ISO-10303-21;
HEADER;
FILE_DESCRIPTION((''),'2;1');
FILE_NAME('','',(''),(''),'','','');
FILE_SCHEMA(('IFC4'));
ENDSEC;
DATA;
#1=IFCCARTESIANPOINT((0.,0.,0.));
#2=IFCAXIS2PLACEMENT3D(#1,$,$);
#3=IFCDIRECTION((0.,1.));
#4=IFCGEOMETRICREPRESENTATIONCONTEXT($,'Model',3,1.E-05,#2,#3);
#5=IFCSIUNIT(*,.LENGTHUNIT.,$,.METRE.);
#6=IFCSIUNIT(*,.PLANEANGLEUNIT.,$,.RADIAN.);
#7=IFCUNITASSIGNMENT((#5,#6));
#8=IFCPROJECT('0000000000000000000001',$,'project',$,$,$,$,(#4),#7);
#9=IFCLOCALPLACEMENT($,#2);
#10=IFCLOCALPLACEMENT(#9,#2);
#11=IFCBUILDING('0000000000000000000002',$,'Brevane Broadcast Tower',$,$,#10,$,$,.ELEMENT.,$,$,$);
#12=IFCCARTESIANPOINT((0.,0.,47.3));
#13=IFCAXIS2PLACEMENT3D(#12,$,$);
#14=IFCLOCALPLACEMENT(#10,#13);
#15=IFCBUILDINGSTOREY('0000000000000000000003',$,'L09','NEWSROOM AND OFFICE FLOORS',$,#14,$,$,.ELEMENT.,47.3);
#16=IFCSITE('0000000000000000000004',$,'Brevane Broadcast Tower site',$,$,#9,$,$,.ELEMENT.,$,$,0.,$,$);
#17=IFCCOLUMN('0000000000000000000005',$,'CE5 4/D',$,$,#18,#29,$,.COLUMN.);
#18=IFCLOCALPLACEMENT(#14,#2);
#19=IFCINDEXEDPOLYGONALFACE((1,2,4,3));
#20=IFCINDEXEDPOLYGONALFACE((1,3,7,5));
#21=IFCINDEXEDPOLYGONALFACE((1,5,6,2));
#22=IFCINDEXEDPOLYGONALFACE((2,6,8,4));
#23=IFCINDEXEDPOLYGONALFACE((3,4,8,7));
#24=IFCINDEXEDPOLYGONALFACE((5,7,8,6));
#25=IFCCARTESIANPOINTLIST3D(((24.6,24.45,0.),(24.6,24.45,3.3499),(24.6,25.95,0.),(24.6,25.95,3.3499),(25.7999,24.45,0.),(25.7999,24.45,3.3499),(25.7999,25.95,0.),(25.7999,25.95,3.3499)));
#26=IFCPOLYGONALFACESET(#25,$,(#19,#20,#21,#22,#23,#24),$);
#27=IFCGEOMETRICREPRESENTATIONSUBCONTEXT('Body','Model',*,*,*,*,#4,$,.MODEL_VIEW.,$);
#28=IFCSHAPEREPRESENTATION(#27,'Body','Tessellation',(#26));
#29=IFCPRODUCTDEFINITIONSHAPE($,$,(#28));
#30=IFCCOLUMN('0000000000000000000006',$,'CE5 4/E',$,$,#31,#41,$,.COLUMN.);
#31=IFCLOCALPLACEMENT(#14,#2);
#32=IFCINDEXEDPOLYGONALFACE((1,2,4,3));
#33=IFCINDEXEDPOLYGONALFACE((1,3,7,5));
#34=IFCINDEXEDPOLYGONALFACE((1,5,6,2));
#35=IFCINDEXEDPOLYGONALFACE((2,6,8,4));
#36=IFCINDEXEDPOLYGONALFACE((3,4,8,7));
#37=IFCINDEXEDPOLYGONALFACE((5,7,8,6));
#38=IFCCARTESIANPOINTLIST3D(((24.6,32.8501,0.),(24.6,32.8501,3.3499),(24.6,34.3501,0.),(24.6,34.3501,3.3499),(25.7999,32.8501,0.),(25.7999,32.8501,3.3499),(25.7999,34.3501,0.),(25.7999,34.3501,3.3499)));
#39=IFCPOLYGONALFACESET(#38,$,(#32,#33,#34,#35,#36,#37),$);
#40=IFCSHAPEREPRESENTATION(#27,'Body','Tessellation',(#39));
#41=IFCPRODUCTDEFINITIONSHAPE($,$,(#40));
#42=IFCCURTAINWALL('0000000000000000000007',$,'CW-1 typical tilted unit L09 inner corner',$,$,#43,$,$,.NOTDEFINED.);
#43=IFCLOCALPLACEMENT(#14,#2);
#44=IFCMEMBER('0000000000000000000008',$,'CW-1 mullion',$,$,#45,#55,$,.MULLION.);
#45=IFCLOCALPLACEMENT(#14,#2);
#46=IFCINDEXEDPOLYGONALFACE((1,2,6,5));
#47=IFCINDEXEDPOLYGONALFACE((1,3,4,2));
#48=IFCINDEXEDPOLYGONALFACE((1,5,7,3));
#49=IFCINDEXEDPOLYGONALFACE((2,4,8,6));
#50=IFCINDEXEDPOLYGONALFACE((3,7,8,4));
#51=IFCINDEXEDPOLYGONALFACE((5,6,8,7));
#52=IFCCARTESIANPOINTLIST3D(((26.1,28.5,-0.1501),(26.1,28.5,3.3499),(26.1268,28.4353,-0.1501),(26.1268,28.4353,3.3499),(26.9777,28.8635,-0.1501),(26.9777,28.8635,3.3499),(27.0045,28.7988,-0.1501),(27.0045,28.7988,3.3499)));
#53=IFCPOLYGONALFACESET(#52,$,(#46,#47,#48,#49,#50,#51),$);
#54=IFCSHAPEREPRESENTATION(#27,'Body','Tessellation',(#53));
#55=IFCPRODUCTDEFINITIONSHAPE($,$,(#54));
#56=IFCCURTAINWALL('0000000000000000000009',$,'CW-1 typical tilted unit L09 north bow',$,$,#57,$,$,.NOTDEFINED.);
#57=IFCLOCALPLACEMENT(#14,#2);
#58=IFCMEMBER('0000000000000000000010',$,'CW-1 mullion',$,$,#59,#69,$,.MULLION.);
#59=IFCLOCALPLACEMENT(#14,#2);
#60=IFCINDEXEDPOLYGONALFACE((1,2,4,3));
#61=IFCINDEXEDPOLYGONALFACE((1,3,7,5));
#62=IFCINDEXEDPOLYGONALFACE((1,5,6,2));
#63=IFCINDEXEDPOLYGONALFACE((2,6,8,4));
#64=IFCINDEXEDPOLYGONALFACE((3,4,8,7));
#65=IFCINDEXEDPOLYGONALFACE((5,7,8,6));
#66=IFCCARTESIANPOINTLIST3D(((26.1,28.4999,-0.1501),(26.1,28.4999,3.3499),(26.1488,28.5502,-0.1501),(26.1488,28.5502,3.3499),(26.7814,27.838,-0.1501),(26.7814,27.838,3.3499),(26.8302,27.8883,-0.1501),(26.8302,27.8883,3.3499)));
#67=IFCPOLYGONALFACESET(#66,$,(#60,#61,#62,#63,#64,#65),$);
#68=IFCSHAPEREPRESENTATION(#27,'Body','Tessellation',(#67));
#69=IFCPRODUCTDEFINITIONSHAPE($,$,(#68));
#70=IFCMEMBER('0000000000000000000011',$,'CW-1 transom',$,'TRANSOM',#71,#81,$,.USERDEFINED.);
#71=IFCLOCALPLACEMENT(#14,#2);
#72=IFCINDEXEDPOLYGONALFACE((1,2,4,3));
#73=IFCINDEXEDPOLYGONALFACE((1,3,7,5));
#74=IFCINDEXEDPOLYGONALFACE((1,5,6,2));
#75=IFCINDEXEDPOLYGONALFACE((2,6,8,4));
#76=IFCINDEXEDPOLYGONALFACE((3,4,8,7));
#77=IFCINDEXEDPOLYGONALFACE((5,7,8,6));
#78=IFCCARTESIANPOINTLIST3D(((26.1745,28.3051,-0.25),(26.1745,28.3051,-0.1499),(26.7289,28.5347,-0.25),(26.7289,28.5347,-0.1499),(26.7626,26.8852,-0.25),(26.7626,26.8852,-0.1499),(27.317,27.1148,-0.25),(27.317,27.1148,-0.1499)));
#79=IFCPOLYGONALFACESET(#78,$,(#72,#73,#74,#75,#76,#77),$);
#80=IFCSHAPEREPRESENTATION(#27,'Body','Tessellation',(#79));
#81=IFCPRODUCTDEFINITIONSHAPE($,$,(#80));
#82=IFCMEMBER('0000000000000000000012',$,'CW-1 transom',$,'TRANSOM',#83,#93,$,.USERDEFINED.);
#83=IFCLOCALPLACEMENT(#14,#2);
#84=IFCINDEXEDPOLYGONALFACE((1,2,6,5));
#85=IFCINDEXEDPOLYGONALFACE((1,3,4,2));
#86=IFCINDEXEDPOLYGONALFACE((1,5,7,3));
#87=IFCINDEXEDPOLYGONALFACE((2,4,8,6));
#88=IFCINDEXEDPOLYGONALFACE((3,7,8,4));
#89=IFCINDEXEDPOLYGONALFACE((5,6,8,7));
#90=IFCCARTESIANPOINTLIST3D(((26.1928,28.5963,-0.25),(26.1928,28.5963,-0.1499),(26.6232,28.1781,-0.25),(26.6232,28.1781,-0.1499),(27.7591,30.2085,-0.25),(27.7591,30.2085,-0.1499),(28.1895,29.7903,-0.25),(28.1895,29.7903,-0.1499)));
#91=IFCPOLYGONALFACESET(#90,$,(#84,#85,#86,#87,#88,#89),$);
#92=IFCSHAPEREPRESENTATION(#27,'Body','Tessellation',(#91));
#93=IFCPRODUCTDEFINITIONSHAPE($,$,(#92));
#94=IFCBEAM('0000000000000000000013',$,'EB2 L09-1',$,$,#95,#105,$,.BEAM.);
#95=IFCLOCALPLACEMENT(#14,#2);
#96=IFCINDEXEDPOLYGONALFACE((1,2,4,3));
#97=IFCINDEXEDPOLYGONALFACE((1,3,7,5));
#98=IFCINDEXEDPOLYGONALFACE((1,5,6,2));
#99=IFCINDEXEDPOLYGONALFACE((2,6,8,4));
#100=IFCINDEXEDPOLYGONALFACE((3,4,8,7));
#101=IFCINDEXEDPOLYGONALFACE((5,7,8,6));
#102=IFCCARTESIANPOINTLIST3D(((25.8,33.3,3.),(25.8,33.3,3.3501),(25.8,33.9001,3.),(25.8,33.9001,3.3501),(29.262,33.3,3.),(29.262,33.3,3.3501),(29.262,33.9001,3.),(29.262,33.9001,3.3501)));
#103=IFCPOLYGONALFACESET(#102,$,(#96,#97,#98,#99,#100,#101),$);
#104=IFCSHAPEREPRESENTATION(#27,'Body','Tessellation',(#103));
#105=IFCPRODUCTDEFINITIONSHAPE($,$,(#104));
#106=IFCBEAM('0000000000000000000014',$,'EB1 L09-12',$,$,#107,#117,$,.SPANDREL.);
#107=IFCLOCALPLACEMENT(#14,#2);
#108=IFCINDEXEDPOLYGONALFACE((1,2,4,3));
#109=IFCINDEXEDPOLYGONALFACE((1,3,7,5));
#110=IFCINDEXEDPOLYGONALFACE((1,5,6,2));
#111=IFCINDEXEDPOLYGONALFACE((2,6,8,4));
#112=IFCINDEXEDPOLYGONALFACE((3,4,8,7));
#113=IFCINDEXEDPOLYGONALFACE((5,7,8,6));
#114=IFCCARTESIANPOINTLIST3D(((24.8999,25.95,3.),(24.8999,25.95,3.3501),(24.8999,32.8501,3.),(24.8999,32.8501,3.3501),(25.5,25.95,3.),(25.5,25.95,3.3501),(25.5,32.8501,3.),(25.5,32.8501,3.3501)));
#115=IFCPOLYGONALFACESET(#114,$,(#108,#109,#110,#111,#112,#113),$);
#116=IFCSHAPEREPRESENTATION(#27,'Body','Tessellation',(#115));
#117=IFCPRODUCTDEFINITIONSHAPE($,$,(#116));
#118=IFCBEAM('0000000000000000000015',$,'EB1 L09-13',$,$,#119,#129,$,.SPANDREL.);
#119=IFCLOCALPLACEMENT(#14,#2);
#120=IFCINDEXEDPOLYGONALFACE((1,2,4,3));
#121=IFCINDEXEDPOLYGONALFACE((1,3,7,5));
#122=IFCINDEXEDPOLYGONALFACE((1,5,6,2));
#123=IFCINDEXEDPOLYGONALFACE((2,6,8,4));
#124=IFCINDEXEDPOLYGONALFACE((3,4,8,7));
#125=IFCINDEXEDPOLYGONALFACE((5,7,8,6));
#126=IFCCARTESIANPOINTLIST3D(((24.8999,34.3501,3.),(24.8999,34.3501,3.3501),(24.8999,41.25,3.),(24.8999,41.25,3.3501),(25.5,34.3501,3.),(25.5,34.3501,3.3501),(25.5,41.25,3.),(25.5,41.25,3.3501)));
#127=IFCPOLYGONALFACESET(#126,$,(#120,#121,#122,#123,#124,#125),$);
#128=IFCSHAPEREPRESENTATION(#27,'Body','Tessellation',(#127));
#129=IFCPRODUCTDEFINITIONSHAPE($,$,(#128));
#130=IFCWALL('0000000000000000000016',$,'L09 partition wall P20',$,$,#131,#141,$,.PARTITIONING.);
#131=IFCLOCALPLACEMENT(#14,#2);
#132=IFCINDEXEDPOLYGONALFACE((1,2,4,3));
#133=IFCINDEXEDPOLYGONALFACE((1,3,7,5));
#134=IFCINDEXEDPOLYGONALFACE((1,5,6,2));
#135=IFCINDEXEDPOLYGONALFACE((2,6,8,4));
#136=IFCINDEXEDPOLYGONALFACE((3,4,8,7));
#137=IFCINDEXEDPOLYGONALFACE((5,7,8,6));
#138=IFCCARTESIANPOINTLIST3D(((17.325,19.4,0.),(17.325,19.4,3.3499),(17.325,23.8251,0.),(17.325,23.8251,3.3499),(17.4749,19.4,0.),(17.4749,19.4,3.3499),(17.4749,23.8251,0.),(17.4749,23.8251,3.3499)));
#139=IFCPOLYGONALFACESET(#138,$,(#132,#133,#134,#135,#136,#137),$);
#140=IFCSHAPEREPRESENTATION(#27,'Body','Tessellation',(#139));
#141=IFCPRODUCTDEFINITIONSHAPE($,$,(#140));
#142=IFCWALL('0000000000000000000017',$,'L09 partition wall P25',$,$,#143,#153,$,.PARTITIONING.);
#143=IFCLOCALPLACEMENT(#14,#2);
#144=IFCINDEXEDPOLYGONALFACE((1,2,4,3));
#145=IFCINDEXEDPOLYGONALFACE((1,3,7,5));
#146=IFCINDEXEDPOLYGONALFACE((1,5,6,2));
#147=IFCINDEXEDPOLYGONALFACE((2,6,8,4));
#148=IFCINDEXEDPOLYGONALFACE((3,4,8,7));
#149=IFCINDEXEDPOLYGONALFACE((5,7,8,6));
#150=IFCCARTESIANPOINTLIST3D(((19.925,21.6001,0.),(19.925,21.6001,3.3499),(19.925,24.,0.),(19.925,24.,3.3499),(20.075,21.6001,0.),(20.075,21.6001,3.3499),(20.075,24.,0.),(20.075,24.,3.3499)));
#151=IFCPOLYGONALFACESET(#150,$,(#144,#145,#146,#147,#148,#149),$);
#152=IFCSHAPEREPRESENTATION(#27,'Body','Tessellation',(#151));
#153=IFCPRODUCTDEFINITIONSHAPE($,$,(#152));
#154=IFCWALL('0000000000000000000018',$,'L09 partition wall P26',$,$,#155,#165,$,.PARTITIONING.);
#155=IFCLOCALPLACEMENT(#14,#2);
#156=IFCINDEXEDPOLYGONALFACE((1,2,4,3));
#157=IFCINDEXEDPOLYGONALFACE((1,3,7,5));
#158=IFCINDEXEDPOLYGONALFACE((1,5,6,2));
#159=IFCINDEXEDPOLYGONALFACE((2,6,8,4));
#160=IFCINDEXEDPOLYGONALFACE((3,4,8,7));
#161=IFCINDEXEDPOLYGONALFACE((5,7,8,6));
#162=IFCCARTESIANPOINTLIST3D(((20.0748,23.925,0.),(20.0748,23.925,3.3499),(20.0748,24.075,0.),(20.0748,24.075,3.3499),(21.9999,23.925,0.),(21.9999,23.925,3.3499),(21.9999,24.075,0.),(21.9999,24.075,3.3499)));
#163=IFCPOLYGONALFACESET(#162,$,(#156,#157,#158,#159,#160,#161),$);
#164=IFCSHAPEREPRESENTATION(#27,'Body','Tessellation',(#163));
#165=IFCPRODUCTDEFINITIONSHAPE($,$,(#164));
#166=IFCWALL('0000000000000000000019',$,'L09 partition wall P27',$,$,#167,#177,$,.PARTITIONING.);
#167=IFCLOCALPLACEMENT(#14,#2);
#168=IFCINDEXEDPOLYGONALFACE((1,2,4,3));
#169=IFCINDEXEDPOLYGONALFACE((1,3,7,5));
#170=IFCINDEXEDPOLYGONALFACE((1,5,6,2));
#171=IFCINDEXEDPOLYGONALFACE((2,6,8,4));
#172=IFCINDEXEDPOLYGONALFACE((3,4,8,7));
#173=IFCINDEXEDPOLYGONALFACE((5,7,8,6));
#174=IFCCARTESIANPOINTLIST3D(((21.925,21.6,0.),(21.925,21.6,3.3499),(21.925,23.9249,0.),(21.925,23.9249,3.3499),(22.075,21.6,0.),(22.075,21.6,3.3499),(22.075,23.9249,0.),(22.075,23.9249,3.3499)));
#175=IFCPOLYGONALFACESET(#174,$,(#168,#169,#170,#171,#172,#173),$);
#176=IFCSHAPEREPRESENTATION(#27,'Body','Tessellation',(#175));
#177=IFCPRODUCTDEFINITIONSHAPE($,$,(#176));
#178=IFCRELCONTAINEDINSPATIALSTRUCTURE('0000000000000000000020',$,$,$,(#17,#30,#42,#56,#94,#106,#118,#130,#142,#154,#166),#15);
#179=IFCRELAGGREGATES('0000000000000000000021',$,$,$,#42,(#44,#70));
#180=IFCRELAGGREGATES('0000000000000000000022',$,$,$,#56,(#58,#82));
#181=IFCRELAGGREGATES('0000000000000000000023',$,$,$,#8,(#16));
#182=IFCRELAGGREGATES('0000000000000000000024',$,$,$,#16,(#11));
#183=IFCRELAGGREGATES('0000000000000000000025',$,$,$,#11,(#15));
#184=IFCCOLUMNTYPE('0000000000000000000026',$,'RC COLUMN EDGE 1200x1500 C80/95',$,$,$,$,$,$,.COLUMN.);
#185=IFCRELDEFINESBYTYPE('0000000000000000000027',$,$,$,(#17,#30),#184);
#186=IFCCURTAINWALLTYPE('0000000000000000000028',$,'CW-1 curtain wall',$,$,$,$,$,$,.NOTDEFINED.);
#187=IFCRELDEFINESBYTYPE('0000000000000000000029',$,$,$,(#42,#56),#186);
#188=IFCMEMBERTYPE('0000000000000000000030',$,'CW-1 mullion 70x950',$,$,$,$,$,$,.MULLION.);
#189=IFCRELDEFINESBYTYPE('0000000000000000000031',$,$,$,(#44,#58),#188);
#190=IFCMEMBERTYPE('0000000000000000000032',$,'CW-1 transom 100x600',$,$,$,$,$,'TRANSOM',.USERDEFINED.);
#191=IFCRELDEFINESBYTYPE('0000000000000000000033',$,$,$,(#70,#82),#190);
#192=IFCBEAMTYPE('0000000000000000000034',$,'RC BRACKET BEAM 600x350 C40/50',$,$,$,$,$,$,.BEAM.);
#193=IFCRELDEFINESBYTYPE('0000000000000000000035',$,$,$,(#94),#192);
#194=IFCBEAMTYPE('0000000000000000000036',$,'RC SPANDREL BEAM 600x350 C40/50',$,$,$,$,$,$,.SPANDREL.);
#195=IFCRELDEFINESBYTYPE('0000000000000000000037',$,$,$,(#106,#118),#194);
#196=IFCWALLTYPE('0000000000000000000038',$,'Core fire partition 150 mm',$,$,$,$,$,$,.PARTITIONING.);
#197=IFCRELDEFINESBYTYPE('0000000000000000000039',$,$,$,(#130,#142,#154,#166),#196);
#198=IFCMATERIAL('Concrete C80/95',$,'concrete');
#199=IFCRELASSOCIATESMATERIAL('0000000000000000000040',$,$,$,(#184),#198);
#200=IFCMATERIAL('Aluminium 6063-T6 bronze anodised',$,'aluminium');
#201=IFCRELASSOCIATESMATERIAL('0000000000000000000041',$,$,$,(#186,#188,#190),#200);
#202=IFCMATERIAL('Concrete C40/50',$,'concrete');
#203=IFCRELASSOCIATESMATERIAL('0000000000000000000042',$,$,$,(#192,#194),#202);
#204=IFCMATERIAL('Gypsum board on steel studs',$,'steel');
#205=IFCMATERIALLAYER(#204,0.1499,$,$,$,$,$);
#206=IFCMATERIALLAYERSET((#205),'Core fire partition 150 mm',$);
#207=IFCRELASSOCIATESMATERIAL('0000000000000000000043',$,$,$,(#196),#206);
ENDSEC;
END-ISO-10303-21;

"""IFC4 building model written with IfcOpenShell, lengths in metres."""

from ifc_helpers import new_model, si_unit, direction, frame, frame_2d, origin, origin_2d, place, context, subcontext, project, spatial, rectangle, extrude, material, layer, layer_set, material_profile, profile_set, type_object, element, aggregate, save


model = new_model("IFC4")

# Units and contexts
model_context = context("Model", 3, precision=1e-05, world=origin(), true_north=direction((0.0, 1.0)))
body_context = subcontext(model_context, "Body", "Model", "MODEL_VIEW")
ifc_project = project(units=[si_unit("LENGTHUNIT", "METRE"), si_unit("PLANEANGLEUNIT", "RADIAN")], contexts=[model_context])

# Site, building, storey
site_placement = place(None, origin())
site = spatial("IfcSite", under=ifc_project, at=site_placement, Name="Brevane Broadcast Tower site", CompositionType="ELEMENT", RefElevation=0.0)
building_placement = place(site_placement, origin())
building = spatial("IfcBuilding", under=site, at=building_placement, Name="Brevane Broadcast Tower", CompositionType="ELEMENT")
storey_placement = place(building_placement, frame((0.0, 0.0, 47.3)))
storey = spatial("IfcBuildingStorey", under=building, at=storey_placement, Name="L09", Description="NEWSROOM AND OFFICE FLOORS", CompositionType="ELEMENT", Elevation=47.3)

# Columns
ifc_material_1 = material(Name="Concrete C80/95", Category="concrete")
ifc_material_profile_1 = material_profile(ifc_material_1, rectangle(XDim=1.2, YDim=1.5, at=origin_2d()), Name="RC 1200x1500")
ifc_profile_set_1 = profile_set([ifc_material_profile_1], Name="Concrete C80/95")
column_type = type_object("IfcColumnType", Name="RC COLUMN EDGE 1200x1500 C80/95", PredefinedType="COLUMN", material=ifc_profile_set_1)
for number, where, z_axis, x_axis, name in (
    (1, (25.2, 25.2, 0.0), (0.0, 0.0, 1.0), (1.0, 0.0, 0.0), "CE5 4/D"),
    (2, (25.2, 33.6001, 0.0), (0.0, 0.0, 1.0), (1.0, 0.0, 0.0), "CE5 4/E"),
):
    element("IfcColumn", number, at=place(storey_placement, frame(where, z_axis=z_axis, x_axis=x_axis)), inside=storey, type_object=column_type, Name=name, PredefinedType="COLUMN", context=body_context, shape_type="SweptSolid", body=[
        extrude(rectangle(XDim=1.2, YDim=1.5, at=origin_2d()), origin(), (0.0, 0.0, 1.0), 3.3499),
    ])

# Curtain walls, members
ifc_material_2 = material(Name="Aluminium 6063-T6 bronze anodised", Category="aluminium")
curtain_wall_type = type_object("IfcCurtainWallType", Name="CW-1 curtain wall", PredefinedType="NOTDEFINED", material=ifc_material_2)
curtain_wall_1_placement = place(storey_placement, origin())
curtain_wall_1 = element("IfcCurtainWall", 3, at=curtain_wall_1_placement, inside=storey, type_object=curtain_wall_type, Name="CW-1 typical tilted unit L09 inner corner", PredefinedType="NOTDEFINED")
ifc_material_profile_2 = material_profile(ifc_material_2, rectangle(XDim=0.95, YDim=0.0701, at=origin_2d()), Name="RECT 70x950")
ifc_profile_set_2 = profile_set([ifc_material_profile_2], Name="Aluminium 6063-T6 bronze anodised")
member_type_1 = type_object("IfcMemberType", Name="CW-1 mullion 70x950", PredefinedType="MULLION", material=ifc_profile_set_2)
member_1_placement = place(storey_placement, frame((26.5522, 28.6494, -0.1501), z_axis=(0.0, 0.0, 1.0), x_axis=(-0.923879, -0.382684, 0.0)))
member_1 = element("IfcMember", 4, at=member_1_placement, type_object=member_type_1, Name="CW-1 mullion", PredefinedType="MULLION", context=body_context, shape_type="SweptSolid", body=[
    extrude(rectangle(XDim=0.95, YDim=0.0701, at=origin_2d()), origin(), (0.0, 0.0, 1.0), 3.5),
])
curtain_wall_2_placement = place(storey_placement, origin())
curtain_wall_2 = element("IfcCurtainWall", 5, at=curtain_wall_2_placement, inside=storey, type_object=curtain_wall_type, Name="CW-1 typical tilted unit L09 north bow", PredefinedType="NOTDEFINED")
member_2_placement = place(storey_placement, frame((26.4651, 28.1941, -0.1501), z_axis=(0.0, 0.0, 1.0), x_axis=(-0.717254, 0.696812, 0.0)))
member_2 = element("IfcMember", 6, at=member_2_placement, type_object=member_type_1, Name="CW-1 mullion", PredefinedType="MULLION", context=body_context, shape_type="SweptSolid", body=[
    extrude(rectangle(XDim=0.95, YDim=0.0701, at=origin_2d()), origin(), (0.0, 0.0, 1.0), 3.5),
])

# Members
ifc_material_profile_3 = material_profile(ifc_material_2, rectangle(XDim=0.6001, YDim=0.1001, at=origin_2d()), Name="RECT 100x600")
ifc_profile_set_3 = profile_set([ifc_material_profile_3], Name="Aluminium 6063-T6 bronze anodised")
member_type_2 = type_object("IfcMemberType", Name="CW-1 transom 100x600", ElementType="TRANSOM", PredefinedType="USERDEFINED", material=ifc_profile_set_3)
member_3_placement = place(storey_placement, frame((27.0398, 27.0, -0.2), z_axis=(-0.382674, 0.923883, 0.0), x_axis=(-0.923883, -0.382674, 0.0)))
member_3 = element("IfcMember", 7, at=member_3_placement, type_object=member_type_2, Name="CW-1 transom", ObjectType="TRANSOM", PredefinedType="USERDEFINED", context=body_context, shape_type="SweptSolid", body=[
    extrude(rectangle(XDim=0.6001, YDim=0.1001, at=origin_2d()), origin(), (0.0, 0.0, 1.0), 1.5369),
])
aggregate(curtain_wall_1, [member_1, member_3])
member_4_placement = place(storey_placement, frame((26.408, 28.3872, -0.2), z_axis=(0.696824, 0.717242, 0.0), x_axis=(-0.717242, 0.696824, 0.0)))
member_4 = element("IfcMember", 8, at=member_4_placement, type_object=member_type_2, Name="CW-1 transom", ObjectType="TRANSOM", PredefinedType="USERDEFINED", context=body_context, shape_type="SweptSolid", body=[
    extrude(rectangle(XDim=0.6001, YDim=0.1001, at=origin_2d()), origin(), (0.0, 0.0, 1.0), 2.2478),
])
aggregate(curtain_wall_2, [member_2, member_4])

# Beams
ifc_material_3 = material(Name="Concrete C40/50", Category="concrete")
ifc_material_profile_4 = material_profile(ifc_material_3, rectangle(XDim=0.6001, YDim=0.3501, at=origin_2d()), Name="RC 600x350")
ifc_profile_set_4 = profile_set([ifc_material_profile_4], Name="Concrete C40/50")
beam_type_1 = type_object("IfcBeamType", Name="RC BRACKET BEAM 600x350 C40/50", PredefinedType="BEAM", material=ifc_profile_set_4)
beam_1_placement = place(storey_placement, frame((25.8, 33.6001, 3.175), z_axis=(1.0, 0.0, 0.0), x_axis=(0.0, 1.0, 0.0)))
element("IfcBeam", 9, at=beam_1_placement, inside=storey, type_object=beam_type_1, Name="EB2 L09-1", PredefinedType="BEAM", context=body_context, shape_type="SweptSolid", body=[
    extrude(rectangle(XDim=0.6001, YDim=0.3501, at=origin_2d()), origin(), (0.0, 0.0, 1.0), 3.4619),
])
ifc_material_profile_5 = material_profile(ifc_material_3, rectangle(XDim=0.6001, YDim=0.3501, at=origin_2d()), Name="RC 600x350")
ifc_profile_set_5 = profile_set([ifc_material_profile_5], Name="Concrete C40/50")
beam_type_2 = type_object("IfcBeamType", Name="RC SPANDREL BEAM 600x350 C40/50", PredefinedType="SPANDREL", material=ifc_profile_set_5)
beam_2_placement = place(storey_placement, frame((25.2, 25.95, 3.175), z_axis=(0.0, 1.0, 0.0), x_axis=(-1.0, 0.0, 0.0)))
element("IfcBeam", 10, at=beam_2_placement, inside=storey, type_object=beam_type_2, Name="EB1 L09-12", PredefinedType="SPANDREL", context=body_context, shape_type="SweptSolid", body=[
    extrude(rectangle(XDim=0.6001, YDim=0.3501, at=origin_2d()), origin(), (0.0, 0.0, 1.0), 6.9001),
])
beam_3_placement = place(storey_placement, frame((25.2, 34.3501, 3.175), z_axis=(0.0, 1.0, 0.0), x_axis=(-1.0, 0.0, 0.0)))
element("IfcBeam", 11, at=beam_3_placement, inside=storey, type_object=beam_type_2, Name="EB1 L09-13", PredefinedType="SPANDREL", context=body_context, shape_type="SweptSolid", body=[
    extrude(rectangle(XDim=0.6001, YDim=0.3501, at=origin_2d()), origin(), (0.0, 0.0, 1.0), 6.8999),
])

# Walls
ifc_material_4 = material(Name="Gypsum board on steel studs", Category="steel")
ifc_layer_1 = layer(ifc_material_4, 0.1499)
ifc_layer_set_1 = layer_set([ifc_layer_1], Name="Core fire partition 150 mm")
wall_type_1 = type_object("IfcWallType", Name="Core fire partition 150 mm", PredefinedType="PARTITIONING", material=ifc_layer_set_1)
wall_1_placement = place(storey_placement, frame((17.3999, 23.825, 0.0), z_axis=(0.0, 0.0, 1.0), x_axis=(0.0, -1.0, 0.0)))
element("IfcWall", 12, at=wall_1_placement, inside=storey, type_object=wall_type_1, Name="L09 partition wall P20", PredefinedType="PARTITIONING", context=body_context, shape_type="SweptSolid", body=[
    extrude(rectangle(XDim=4.425, YDim=0.1499, at=frame_2d((2.2124, 0.0))), origin(), (0.0, 0.0, 1.0), 3.3499),
])
wall_2_placement = place(storey_placement, frame((20.0, 21.6001, 0.0), z_axis=(0.0, 0.0, 1.0), x_axis=(0.0, 1.0, 0.0)))
element("IfcWall", 13, at=wall_2_placement, inside=storey, type_object=wall_type_1, Name="L09 partition wall P25", PredefinedType="PARTITIONING", context=body_context, shape_type="SweptSolid", body=[
    extrude(rectangle(XDim=2.3999, YDim=0.1499, at=frame_2d((1.2, 0.0))), origin(), (0.0, 0.0, 1.0), 3.3499),
])
wall_3_placement = place(storey_placement, frame((20.075, 24.0, 0.0), z_axis=(0.0, 0.0, 1.0), x_axis=(1.0, 0.0, 0.0)))
element("IfcWall", 14, at=wall_3_placement, inside=storey, type_object=wall_type_1, Name="L09 partition wall P26", PredefinedType="PARTITIONING", context=body_context, shape_type="SweptSolid", body=[
    extrude(rectangle(XDim=1.925, YDim=0.1499, at=frame_2d((0.9624, 0.0))), origin(), (0.0, 0.0, 1.0), 3.3499),
])
wall_4_placement = place(storey_placement, frame((22.0, 23.925, 0.0), z_axis=(0.0, 0.0, 1.0), x_axis=(0.0, -1.0, 0.0)))
element("IfcWall", 15, at=wall_4_placement, inside=storey, type_object=wall_type_1, Name="L09 partition wall P27", PredefinedType="PARTITIONING", context=body_context, shape_type="SweptSolid", body=[
    extrude(rectangle(XDim=2.325, YDim=0.1499, at=frame_2d((1.1626, 0.0))), origin(), (0.0, 0.0, 1.0), 3.3499),
])

save(model, "model.ifc")
